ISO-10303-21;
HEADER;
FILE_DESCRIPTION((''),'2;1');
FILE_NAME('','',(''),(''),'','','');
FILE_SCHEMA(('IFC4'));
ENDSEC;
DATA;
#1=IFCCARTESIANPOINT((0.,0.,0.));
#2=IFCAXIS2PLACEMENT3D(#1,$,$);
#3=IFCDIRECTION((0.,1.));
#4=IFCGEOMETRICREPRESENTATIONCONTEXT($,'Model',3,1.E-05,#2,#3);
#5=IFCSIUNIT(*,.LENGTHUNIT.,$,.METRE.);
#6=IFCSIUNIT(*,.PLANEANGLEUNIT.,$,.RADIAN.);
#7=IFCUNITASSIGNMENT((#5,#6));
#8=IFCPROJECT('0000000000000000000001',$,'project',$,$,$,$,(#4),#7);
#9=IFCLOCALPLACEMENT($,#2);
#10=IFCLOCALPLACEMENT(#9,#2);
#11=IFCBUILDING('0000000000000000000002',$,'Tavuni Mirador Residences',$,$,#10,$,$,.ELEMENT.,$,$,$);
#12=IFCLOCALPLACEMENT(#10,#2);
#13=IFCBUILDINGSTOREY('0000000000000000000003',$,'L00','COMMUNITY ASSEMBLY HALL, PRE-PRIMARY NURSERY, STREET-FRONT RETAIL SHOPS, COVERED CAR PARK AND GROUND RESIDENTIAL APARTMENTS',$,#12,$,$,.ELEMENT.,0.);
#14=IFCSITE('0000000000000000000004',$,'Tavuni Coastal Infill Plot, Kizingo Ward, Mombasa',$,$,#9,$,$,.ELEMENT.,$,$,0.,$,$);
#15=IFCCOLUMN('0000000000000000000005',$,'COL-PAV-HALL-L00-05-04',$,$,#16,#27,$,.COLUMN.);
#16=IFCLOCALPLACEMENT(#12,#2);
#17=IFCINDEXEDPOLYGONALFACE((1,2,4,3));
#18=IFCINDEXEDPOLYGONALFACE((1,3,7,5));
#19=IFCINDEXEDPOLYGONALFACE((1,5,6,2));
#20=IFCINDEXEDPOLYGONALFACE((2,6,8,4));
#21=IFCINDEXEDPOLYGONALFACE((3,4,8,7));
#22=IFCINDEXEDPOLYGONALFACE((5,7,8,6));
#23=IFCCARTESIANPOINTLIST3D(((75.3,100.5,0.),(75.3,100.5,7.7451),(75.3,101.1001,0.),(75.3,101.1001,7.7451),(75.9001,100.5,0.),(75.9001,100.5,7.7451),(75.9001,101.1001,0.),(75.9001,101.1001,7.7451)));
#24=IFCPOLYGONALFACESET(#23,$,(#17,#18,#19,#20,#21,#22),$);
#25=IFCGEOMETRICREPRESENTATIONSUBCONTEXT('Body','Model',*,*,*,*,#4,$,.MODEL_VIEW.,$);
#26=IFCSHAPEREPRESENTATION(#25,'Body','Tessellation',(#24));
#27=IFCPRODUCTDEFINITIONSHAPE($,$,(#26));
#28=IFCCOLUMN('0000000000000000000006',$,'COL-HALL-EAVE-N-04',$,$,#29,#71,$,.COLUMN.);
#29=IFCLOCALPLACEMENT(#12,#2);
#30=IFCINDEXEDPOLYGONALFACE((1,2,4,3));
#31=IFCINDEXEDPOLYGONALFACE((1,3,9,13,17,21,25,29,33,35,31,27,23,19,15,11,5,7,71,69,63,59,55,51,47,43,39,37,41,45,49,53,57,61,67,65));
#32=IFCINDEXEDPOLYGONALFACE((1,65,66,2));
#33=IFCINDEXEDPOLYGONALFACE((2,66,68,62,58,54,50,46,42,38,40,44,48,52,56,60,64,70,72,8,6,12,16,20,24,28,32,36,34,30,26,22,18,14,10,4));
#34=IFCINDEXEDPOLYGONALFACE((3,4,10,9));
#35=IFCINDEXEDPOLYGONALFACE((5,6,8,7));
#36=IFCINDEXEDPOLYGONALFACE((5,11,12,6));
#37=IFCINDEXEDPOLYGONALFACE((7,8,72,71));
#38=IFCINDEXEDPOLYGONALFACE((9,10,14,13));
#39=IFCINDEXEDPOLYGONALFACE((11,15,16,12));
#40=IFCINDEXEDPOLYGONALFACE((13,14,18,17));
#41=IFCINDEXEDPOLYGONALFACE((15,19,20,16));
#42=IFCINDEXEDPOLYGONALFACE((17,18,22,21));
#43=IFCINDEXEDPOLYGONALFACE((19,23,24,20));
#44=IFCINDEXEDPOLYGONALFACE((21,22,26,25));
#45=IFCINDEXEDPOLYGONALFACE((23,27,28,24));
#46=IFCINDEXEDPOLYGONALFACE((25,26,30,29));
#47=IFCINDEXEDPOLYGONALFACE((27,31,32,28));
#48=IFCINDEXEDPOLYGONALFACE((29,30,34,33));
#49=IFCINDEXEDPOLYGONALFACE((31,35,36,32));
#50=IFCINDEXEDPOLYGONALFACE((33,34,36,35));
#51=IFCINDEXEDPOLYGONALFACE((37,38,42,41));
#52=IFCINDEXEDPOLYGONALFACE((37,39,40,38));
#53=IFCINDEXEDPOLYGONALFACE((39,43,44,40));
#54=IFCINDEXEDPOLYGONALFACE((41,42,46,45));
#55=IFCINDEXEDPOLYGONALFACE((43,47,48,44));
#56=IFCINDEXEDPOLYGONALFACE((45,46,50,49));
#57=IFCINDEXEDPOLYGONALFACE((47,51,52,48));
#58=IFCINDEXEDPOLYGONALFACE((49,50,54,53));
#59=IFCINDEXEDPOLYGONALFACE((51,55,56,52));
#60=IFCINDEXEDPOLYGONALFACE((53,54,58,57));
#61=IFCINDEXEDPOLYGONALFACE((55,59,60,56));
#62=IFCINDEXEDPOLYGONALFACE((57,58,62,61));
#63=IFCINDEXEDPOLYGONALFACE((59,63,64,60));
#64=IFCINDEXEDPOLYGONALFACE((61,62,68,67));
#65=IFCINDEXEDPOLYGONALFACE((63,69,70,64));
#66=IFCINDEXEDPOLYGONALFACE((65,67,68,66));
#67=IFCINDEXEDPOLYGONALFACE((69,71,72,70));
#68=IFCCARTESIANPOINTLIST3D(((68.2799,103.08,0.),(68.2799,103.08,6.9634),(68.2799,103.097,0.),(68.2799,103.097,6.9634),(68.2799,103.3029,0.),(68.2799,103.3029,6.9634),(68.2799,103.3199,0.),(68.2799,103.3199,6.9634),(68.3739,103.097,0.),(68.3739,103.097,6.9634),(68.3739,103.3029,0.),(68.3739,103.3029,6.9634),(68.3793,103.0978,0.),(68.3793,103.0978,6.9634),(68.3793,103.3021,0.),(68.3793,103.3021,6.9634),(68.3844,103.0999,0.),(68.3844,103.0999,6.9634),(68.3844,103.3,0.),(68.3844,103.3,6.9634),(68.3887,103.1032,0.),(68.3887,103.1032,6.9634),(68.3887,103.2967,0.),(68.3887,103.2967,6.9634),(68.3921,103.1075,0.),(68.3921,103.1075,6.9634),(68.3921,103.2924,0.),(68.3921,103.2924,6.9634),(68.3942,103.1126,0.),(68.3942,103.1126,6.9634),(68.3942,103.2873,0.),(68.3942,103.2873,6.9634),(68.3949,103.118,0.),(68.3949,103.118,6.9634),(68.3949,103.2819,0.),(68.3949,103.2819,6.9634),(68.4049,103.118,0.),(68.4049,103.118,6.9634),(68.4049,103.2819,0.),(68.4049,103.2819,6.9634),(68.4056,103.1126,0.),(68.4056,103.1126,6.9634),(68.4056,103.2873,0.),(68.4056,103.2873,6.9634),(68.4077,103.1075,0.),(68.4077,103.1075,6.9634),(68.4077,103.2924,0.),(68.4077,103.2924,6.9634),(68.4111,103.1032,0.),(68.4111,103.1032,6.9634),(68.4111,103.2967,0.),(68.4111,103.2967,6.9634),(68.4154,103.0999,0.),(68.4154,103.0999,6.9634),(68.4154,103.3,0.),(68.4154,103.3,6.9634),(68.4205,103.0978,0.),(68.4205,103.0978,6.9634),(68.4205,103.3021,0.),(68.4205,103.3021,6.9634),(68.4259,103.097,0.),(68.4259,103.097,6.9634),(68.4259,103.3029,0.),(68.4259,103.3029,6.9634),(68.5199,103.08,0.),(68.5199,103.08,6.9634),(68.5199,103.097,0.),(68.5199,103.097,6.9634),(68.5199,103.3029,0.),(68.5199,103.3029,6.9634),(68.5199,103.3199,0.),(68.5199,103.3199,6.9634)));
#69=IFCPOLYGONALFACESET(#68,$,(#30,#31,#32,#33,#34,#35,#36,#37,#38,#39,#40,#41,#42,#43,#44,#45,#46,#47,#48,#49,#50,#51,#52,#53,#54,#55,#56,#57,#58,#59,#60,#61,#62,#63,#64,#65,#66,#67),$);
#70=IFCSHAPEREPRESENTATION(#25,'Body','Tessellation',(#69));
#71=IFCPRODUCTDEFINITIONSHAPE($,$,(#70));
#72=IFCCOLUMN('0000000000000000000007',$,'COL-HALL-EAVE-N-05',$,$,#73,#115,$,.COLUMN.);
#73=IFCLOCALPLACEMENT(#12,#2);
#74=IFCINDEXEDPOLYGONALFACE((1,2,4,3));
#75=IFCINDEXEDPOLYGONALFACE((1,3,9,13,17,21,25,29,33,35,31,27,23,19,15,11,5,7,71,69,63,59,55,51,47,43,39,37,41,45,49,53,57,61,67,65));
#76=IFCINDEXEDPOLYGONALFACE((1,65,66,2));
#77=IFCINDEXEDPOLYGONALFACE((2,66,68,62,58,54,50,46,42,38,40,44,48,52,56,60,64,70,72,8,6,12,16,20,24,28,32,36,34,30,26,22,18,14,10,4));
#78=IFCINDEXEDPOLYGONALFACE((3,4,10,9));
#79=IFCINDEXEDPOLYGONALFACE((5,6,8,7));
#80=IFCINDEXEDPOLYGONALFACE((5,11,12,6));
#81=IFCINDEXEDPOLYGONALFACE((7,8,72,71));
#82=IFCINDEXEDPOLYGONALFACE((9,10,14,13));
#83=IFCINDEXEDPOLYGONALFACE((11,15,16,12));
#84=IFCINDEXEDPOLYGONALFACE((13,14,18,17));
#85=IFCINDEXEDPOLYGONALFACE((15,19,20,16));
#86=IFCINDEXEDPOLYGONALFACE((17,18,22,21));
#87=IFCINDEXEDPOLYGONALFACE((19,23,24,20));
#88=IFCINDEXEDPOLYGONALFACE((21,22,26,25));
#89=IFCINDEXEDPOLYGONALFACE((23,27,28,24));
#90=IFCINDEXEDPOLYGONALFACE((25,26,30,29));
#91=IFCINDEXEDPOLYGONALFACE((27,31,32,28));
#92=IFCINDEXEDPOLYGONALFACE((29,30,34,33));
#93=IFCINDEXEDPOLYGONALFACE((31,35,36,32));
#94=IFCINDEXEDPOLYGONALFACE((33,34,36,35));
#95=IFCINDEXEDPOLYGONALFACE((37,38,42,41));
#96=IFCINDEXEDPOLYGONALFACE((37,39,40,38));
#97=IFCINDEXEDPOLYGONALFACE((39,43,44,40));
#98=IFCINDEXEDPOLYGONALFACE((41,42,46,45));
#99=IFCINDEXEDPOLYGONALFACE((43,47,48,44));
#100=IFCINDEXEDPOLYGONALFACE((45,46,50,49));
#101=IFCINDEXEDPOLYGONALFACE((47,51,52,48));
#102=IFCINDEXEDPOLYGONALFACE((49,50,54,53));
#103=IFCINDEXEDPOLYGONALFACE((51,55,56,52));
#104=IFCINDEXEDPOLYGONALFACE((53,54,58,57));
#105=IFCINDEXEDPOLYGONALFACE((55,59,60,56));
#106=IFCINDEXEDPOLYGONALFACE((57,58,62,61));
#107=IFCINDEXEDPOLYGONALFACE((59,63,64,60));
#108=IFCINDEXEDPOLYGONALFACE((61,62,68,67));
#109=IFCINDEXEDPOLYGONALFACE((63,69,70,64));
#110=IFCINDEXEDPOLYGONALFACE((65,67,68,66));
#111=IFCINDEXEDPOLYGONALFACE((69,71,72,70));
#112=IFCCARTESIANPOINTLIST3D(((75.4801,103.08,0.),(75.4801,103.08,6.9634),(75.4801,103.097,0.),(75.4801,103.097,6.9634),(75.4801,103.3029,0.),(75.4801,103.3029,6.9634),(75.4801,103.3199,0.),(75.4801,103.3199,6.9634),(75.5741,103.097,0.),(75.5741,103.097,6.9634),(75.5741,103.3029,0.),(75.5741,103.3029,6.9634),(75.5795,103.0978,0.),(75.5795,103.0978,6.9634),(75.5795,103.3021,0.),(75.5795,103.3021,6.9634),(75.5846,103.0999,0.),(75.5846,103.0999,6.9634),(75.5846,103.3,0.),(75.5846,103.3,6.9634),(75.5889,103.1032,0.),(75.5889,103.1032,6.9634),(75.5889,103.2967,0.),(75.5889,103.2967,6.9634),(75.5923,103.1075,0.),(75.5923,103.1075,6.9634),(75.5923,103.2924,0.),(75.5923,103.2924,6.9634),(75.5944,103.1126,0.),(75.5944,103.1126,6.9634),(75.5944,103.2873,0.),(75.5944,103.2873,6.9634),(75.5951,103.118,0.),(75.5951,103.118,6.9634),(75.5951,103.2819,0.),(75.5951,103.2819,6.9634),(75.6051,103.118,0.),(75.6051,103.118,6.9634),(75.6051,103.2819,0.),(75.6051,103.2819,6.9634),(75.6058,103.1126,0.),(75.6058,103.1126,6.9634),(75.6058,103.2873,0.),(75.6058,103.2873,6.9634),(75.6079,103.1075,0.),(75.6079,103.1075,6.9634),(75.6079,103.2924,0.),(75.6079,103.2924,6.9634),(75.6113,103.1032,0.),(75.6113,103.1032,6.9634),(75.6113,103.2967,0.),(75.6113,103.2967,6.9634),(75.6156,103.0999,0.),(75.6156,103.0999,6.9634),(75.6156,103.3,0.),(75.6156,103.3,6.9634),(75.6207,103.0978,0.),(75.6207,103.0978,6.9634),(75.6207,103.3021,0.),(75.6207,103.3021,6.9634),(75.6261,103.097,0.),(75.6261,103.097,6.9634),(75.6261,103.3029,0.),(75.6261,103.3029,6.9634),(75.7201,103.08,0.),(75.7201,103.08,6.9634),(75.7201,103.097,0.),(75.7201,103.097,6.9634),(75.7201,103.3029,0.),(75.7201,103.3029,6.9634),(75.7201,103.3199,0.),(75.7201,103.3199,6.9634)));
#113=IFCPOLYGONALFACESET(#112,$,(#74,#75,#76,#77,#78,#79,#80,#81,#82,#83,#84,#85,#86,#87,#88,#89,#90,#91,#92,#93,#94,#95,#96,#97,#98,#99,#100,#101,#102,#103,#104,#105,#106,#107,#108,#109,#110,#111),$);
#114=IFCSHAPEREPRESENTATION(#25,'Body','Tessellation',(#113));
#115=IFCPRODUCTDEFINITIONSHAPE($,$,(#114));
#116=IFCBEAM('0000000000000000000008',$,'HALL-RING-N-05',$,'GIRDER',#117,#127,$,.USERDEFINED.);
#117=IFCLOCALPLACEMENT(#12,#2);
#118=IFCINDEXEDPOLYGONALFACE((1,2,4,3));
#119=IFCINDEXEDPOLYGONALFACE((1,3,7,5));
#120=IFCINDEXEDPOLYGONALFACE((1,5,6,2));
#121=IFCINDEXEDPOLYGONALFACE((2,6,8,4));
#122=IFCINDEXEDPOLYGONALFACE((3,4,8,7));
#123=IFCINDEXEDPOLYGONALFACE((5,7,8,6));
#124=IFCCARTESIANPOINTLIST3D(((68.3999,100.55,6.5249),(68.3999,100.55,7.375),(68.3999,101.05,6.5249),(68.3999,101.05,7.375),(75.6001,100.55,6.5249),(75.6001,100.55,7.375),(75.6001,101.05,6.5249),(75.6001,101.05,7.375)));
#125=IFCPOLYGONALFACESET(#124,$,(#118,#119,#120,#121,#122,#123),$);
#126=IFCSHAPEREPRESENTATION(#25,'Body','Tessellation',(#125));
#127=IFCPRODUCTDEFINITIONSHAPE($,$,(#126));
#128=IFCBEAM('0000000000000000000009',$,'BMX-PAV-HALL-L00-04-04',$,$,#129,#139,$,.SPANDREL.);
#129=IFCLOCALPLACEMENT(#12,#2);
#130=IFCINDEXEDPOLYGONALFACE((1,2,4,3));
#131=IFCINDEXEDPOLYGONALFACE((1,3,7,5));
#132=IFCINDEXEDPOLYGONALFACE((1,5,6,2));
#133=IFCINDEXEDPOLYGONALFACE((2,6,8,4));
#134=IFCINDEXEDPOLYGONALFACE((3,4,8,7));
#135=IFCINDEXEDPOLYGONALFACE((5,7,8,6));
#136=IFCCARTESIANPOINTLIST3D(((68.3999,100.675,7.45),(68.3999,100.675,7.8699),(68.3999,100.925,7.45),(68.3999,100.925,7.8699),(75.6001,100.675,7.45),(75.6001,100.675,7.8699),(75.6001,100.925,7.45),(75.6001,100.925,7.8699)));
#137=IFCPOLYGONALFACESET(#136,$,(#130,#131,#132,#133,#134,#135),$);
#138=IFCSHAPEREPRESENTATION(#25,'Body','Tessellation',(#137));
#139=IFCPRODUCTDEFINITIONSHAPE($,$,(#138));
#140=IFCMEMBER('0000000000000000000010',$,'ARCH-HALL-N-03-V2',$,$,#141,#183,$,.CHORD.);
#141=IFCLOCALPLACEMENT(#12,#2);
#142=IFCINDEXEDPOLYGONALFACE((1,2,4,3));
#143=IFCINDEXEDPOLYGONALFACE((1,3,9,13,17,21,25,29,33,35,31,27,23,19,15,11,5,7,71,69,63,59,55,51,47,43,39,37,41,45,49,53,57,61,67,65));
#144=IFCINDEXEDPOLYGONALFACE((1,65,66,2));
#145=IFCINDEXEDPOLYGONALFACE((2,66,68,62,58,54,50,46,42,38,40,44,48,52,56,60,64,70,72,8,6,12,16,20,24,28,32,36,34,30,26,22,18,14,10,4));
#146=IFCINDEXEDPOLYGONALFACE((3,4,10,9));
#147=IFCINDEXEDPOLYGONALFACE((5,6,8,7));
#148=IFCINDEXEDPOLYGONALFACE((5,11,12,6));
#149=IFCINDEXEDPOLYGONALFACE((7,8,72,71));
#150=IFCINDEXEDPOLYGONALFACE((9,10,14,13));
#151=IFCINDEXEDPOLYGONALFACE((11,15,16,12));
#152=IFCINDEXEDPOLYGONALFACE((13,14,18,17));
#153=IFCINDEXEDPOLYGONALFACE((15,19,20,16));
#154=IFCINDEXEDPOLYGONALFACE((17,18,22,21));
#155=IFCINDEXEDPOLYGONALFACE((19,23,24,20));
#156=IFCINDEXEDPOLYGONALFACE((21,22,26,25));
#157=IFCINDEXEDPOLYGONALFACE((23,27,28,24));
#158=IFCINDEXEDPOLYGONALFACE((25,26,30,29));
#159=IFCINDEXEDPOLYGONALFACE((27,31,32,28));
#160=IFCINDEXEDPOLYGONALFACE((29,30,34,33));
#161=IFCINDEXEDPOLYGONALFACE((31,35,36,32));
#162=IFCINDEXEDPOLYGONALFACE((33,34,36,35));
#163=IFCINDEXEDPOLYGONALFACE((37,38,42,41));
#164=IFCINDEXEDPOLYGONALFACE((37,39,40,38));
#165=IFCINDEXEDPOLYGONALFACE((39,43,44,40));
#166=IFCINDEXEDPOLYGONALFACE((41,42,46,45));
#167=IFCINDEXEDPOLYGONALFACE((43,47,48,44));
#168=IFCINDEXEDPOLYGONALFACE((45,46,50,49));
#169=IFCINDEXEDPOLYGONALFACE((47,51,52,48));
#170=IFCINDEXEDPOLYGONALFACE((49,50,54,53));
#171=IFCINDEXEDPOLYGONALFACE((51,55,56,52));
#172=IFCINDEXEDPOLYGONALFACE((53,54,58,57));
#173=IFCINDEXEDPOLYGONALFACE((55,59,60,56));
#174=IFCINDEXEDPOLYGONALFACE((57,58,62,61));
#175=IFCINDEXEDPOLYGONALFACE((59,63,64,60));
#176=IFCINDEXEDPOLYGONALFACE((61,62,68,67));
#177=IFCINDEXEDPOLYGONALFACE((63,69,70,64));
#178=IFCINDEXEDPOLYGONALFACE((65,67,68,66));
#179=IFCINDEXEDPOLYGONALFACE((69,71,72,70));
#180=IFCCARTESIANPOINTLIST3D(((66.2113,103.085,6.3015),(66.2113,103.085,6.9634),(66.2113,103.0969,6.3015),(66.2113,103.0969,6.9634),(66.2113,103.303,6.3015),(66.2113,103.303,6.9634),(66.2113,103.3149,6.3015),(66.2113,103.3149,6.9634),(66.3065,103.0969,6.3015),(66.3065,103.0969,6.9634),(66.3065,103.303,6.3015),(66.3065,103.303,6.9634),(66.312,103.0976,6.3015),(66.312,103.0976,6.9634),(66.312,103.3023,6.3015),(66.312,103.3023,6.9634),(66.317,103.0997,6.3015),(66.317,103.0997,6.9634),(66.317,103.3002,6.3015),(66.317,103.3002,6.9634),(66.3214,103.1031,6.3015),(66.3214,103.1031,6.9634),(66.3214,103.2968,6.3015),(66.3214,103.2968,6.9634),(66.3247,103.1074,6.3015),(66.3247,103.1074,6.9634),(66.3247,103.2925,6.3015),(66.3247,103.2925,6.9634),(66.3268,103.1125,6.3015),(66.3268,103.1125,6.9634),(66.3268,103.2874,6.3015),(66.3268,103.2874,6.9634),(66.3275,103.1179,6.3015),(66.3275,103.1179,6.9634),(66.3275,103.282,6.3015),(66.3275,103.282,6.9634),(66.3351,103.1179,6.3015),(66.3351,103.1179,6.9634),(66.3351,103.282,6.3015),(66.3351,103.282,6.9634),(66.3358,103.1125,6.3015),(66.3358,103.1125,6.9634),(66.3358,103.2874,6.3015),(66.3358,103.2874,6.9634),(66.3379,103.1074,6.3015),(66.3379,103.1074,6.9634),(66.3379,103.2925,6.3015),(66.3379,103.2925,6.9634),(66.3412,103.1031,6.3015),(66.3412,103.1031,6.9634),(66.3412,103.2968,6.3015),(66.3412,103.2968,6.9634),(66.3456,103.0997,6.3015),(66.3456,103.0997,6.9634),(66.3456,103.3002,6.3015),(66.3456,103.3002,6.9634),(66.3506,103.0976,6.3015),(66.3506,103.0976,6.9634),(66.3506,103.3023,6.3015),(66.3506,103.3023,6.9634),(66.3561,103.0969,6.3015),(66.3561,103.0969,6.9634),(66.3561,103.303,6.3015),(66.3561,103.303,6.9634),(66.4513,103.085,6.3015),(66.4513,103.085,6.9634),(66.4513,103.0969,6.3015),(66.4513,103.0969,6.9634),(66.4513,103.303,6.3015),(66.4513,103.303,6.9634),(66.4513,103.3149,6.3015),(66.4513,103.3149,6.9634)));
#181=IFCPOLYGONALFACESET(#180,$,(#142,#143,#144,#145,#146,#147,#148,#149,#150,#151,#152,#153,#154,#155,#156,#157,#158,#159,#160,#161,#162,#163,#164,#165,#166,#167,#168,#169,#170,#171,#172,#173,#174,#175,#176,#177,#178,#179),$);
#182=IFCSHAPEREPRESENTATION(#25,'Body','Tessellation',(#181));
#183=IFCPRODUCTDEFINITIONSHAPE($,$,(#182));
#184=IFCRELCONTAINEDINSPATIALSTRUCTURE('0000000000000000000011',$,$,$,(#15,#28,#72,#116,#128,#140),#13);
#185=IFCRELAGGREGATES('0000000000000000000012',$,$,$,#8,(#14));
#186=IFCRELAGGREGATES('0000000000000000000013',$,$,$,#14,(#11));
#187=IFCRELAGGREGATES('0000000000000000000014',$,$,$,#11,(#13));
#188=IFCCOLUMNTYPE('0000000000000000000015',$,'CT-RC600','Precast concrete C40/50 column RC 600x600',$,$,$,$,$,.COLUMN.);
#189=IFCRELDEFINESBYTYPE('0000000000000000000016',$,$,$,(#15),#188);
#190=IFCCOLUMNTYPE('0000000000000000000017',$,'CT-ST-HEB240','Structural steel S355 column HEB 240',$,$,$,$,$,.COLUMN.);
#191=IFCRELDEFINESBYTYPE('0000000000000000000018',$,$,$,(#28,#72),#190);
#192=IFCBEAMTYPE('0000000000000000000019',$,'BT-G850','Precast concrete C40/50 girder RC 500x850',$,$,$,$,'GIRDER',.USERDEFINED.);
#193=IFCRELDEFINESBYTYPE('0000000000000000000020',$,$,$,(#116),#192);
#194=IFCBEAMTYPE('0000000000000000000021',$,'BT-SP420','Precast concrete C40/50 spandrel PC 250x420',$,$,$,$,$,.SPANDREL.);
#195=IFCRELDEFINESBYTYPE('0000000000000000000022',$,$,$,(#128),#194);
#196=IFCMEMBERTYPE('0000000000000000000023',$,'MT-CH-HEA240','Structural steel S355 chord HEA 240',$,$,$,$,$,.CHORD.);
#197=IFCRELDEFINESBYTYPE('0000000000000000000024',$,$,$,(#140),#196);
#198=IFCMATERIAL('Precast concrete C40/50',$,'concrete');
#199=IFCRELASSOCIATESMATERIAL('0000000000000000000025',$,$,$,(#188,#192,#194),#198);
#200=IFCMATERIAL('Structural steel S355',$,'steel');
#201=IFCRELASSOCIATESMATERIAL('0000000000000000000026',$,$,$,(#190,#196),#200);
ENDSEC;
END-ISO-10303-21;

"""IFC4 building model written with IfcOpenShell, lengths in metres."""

from ifc_helpers import new_model, si_unit, direction, frame, origin, origin_2d, place, context, subcontext, project, spatial, rectangle, i_section, extrude, material, material_profile, profile_set, type_object, element, save


model = new_model("IFC4")

# Units and contexts
model_context = context("Model", 3, precision=1e-05, world=origin(), true_north=direction((0.0, 1.0)))
body_context = subcontext(model_context, "Body", "Model", "MODEL_VIEW")
ifc_project = project(units=[si_unit("LENGTHUNIT", "METRE"), si_unit("PLANEANGLEUNIT", "RADIAN")], contexts=[model_context])

# Site, building, storey
site_placement = place(None, origin())
site = spatial("IfcSite", under=ifc_project, at=site_placement, Name="Tavuni Coastal Infill Plot, Kizingo Ward, Mombasa", CompositionType="ELEMENT", RefElevation=0.0)
building_placement = place(site_placement, origin())
building = spatial("IfcBuilding", under=site, at=building_placement, Name="Tavuni Mirador Residences", CompositionType="ELEMENT")
storey_placement = place(building_placement, origin())
storey = spatial("IfcBuildingStorey", under=building, at=storey_placement, Name="L00", Description="COMMUNITY ASSEMBLY HALL, PRE-PRIMARY NURSERY, STREET-FRONT RETAIL SHOPS, COVERED CAR PARK AND GROUND RESIDENTIAL APARTMENTS", CompositionType="ELEMENT", Elevation=0.0)

# Columns
ifc_material_1 = material(Name="Precast concrete C40/50", Category="concrete")
ifc_material_profile_1 = material_profile(ifc_material_1, rectangle(XDim=0.6001, YDim=0.6001, at=origin_2d()), Name="RC 600x600", Category="concrete")
ifc_profile_set_1 = profile_set([ifc_material_profile_1], Name="Precast concrete C40/50")
column_type_1 = type_object("IfcColumnType", Name="CT-RC600", Description="Precast concrete C40/50 column RC 600x600", PredefinedType="COLUMN", material=ifc_profile_set_1)
column_placement = place(storey_placement, frame((75.6001, 100.8, 0.0), z_axis=(0.0, 0.0, 1.0), x_axis=(1.0, 0.0, 0.0)))
element("IfcColumn", 1, at=column_placement, inside=storey, type_object=column_type_1, Name="COL-PAV-HALL-L00-05-04", PredefinedType="COLUMN", context=body_context, shape_type="SweptSolid", body=[
    extrude(rectangle(XDim=0.6001, YDim=0.6001, at=origin_2d()), origin(), (0.0, 0.0, 1.0), 7.7451),
])
ifc_material_2 = material(Name="Structural steel S355", Category="steel")
ifc_material_profile_2 = material_profile(ifc_material_2, i_section(OverallWidth=0.24, OverallDepth=0.24, WebThickness=0.01, FlangeThickness=0.0171, FilletRadius=0.021, at=origin_2d()), Name="HEB 240", Category="steel")
ifc_profile_set_2 = profile_set([ifc_material_profile_2], Name="Structural steel S355")
column_type_2 = type_object("IfcColumnType", Name="CT-ST-HEB240", Description="Structural steel S355 column HEB 240", PredefinedType="COLUMN", material=ifc_profile_set_2)
for number, where, z_axis, x_axis, name in (
    (2, (68.3999, 103.2, 0.0), (0.0, 0.0, 1.0), (1.0, 0.0, 0.0), "COL-HALL-EAVE-N-04"),
    (3, (75.6001, 103.2, 0.0), (0.0, 0.0, 1.0), (1.0, 0.0, 0.0), "COL-HALL-EAVE-N-05"),
):
    element("IfcColumn", number, at=place(storey_placement, frame(where, z_axis=z_axis, x_axis=x_axis)), inside=storey, type_object=column_type_2, Name=name, PredefinedType="COLUMN", context=body_context, shape_type="SweptSolid", body=[
        extrude(i_section(OverallWidth=0.24, OverallDepth=0.24, WebThickness=0.01, FlangeThickness=0.0171, FilletRadius=0.021, at=origin_2d()), origin(), (0.0, 0.0, 1.0), 6.9634),
    ])

# Beams
ifc_material_profile_3 = material_profile(ifc_material_1, rectangle(XDim=0.5, YDim=0.8501, at=origin_2d()), Name="RC 500x850", Category="concrete")
ifc_profile_set_3 = profile_set([ifc_material_profile_3], Name="Precast concrete C40/50")
beam_type_1 = type_object("IfcBeamType", Name="BT-G850", Description="Precast concrete C40/50 girder RC 500x850", ElementType="GIRDER", PredefinedType="USERDEFINED", material=ifc_profile_set_3)
beam_1_placement = place(storey_placement, frame((68.3999, 100.8, 6.95), z_axis=(1.0, 0.0, 0.0), x_axis=(0.0, 1.0, 0.0)))
element("IfcBeam", 4, at=beam_1_placement, inside=storey, type_object=beam_type_1, Name="HALL-RING-N-05", ObjectType="GIRDER", PredefinedType="USERDEFINED", context=body_context, shape_type="SweptSolid", body=[
    extrude(rectangle(XDim=0.5, YDim=0.8501, at=origin_2d()), origin(), (0.0, 0.0, 1.0), 7.2002),
])
ifc_material_profile_4 = material_profile(ifc_material_1, rectangle(XDim=0.25, YDim=0.4199, at=origin_2d()), Name="PC 250x420", Category="concrete")
ifc_profile_set_4 = profile_set([ifc_material_profile_4], Name="Precast concrete C40/50")
beam_type_2 = type_object("IfcBeamType", Name="BT-SP420", Description="Precast concrete C40/50 spandrel PC 250x420", PredefinedType="SPANDREL", material=ifc_profile_set_4)
beam_2_placement = place(storey_placement, frame((68.3999, 100.8, 7.6599), z_axis=(1.0, 0.0, 0.0), x_axis=(0.0, 1.0, 0.0)))
element("IfcBeam", 5, at=beam_2_placement, inside=storey, type_object=beam_type_2, Name="BMX-PAV-HALL-L00-04-04", PredefinedType="SPANDREL", context=body_context, shape_type="SweptSolid", body=[
    extrude(rectangle(XDim=0.25, YDim=0.4199, at=origin_2d()), origin(), (0.0, 0.0, 1.0), 7.2002),
])

# Member
ifc_material_profile_5 = material_profile(ifc_material_2, i_section(OverallWidth=0.24, OverallDepth=0.23, WebThickness=0.0076, FlangeThickness=0.012, FilletRadius=0.021, at=origin_2d()), Name="HEA 240", Category="steel")
ifc_profile_set_5 = profile_set([ifc_material_profile_5], Name="Structural steel S355")
member_type = type_object("IfcMemberType", Name="MT-CH-HEA240", Description="Structural steel S355 chord HEA 240", PredefinedType="CHORD", material=ifc_profile_set_5)
member_1_placement = place(storey_placement, frame((66.3313, 103.2, 6.3015), z_axis=(0.0, 0.0, 1.0), x_axis=(1.0, 0.0, 0.0)))
element("IfcMember", 6, at=member_1_placement, inside=storey, type_object=member_type, Name="ARCH-HALL-N-03-V2", PredefinedType="CHORD", context=body_context, shape_type="SweptSolid", body=[
    extrude(i_section(OverallWidth=0.24, OverallDepth=0.23, WebThickness=0.0076, FlangeThickness=0.012, FilletRadius=0.021, at=origin_2d()), origin(), (0.0, 0.0, 1.0), 0.6619),
])

save(model, "model.ifc")
